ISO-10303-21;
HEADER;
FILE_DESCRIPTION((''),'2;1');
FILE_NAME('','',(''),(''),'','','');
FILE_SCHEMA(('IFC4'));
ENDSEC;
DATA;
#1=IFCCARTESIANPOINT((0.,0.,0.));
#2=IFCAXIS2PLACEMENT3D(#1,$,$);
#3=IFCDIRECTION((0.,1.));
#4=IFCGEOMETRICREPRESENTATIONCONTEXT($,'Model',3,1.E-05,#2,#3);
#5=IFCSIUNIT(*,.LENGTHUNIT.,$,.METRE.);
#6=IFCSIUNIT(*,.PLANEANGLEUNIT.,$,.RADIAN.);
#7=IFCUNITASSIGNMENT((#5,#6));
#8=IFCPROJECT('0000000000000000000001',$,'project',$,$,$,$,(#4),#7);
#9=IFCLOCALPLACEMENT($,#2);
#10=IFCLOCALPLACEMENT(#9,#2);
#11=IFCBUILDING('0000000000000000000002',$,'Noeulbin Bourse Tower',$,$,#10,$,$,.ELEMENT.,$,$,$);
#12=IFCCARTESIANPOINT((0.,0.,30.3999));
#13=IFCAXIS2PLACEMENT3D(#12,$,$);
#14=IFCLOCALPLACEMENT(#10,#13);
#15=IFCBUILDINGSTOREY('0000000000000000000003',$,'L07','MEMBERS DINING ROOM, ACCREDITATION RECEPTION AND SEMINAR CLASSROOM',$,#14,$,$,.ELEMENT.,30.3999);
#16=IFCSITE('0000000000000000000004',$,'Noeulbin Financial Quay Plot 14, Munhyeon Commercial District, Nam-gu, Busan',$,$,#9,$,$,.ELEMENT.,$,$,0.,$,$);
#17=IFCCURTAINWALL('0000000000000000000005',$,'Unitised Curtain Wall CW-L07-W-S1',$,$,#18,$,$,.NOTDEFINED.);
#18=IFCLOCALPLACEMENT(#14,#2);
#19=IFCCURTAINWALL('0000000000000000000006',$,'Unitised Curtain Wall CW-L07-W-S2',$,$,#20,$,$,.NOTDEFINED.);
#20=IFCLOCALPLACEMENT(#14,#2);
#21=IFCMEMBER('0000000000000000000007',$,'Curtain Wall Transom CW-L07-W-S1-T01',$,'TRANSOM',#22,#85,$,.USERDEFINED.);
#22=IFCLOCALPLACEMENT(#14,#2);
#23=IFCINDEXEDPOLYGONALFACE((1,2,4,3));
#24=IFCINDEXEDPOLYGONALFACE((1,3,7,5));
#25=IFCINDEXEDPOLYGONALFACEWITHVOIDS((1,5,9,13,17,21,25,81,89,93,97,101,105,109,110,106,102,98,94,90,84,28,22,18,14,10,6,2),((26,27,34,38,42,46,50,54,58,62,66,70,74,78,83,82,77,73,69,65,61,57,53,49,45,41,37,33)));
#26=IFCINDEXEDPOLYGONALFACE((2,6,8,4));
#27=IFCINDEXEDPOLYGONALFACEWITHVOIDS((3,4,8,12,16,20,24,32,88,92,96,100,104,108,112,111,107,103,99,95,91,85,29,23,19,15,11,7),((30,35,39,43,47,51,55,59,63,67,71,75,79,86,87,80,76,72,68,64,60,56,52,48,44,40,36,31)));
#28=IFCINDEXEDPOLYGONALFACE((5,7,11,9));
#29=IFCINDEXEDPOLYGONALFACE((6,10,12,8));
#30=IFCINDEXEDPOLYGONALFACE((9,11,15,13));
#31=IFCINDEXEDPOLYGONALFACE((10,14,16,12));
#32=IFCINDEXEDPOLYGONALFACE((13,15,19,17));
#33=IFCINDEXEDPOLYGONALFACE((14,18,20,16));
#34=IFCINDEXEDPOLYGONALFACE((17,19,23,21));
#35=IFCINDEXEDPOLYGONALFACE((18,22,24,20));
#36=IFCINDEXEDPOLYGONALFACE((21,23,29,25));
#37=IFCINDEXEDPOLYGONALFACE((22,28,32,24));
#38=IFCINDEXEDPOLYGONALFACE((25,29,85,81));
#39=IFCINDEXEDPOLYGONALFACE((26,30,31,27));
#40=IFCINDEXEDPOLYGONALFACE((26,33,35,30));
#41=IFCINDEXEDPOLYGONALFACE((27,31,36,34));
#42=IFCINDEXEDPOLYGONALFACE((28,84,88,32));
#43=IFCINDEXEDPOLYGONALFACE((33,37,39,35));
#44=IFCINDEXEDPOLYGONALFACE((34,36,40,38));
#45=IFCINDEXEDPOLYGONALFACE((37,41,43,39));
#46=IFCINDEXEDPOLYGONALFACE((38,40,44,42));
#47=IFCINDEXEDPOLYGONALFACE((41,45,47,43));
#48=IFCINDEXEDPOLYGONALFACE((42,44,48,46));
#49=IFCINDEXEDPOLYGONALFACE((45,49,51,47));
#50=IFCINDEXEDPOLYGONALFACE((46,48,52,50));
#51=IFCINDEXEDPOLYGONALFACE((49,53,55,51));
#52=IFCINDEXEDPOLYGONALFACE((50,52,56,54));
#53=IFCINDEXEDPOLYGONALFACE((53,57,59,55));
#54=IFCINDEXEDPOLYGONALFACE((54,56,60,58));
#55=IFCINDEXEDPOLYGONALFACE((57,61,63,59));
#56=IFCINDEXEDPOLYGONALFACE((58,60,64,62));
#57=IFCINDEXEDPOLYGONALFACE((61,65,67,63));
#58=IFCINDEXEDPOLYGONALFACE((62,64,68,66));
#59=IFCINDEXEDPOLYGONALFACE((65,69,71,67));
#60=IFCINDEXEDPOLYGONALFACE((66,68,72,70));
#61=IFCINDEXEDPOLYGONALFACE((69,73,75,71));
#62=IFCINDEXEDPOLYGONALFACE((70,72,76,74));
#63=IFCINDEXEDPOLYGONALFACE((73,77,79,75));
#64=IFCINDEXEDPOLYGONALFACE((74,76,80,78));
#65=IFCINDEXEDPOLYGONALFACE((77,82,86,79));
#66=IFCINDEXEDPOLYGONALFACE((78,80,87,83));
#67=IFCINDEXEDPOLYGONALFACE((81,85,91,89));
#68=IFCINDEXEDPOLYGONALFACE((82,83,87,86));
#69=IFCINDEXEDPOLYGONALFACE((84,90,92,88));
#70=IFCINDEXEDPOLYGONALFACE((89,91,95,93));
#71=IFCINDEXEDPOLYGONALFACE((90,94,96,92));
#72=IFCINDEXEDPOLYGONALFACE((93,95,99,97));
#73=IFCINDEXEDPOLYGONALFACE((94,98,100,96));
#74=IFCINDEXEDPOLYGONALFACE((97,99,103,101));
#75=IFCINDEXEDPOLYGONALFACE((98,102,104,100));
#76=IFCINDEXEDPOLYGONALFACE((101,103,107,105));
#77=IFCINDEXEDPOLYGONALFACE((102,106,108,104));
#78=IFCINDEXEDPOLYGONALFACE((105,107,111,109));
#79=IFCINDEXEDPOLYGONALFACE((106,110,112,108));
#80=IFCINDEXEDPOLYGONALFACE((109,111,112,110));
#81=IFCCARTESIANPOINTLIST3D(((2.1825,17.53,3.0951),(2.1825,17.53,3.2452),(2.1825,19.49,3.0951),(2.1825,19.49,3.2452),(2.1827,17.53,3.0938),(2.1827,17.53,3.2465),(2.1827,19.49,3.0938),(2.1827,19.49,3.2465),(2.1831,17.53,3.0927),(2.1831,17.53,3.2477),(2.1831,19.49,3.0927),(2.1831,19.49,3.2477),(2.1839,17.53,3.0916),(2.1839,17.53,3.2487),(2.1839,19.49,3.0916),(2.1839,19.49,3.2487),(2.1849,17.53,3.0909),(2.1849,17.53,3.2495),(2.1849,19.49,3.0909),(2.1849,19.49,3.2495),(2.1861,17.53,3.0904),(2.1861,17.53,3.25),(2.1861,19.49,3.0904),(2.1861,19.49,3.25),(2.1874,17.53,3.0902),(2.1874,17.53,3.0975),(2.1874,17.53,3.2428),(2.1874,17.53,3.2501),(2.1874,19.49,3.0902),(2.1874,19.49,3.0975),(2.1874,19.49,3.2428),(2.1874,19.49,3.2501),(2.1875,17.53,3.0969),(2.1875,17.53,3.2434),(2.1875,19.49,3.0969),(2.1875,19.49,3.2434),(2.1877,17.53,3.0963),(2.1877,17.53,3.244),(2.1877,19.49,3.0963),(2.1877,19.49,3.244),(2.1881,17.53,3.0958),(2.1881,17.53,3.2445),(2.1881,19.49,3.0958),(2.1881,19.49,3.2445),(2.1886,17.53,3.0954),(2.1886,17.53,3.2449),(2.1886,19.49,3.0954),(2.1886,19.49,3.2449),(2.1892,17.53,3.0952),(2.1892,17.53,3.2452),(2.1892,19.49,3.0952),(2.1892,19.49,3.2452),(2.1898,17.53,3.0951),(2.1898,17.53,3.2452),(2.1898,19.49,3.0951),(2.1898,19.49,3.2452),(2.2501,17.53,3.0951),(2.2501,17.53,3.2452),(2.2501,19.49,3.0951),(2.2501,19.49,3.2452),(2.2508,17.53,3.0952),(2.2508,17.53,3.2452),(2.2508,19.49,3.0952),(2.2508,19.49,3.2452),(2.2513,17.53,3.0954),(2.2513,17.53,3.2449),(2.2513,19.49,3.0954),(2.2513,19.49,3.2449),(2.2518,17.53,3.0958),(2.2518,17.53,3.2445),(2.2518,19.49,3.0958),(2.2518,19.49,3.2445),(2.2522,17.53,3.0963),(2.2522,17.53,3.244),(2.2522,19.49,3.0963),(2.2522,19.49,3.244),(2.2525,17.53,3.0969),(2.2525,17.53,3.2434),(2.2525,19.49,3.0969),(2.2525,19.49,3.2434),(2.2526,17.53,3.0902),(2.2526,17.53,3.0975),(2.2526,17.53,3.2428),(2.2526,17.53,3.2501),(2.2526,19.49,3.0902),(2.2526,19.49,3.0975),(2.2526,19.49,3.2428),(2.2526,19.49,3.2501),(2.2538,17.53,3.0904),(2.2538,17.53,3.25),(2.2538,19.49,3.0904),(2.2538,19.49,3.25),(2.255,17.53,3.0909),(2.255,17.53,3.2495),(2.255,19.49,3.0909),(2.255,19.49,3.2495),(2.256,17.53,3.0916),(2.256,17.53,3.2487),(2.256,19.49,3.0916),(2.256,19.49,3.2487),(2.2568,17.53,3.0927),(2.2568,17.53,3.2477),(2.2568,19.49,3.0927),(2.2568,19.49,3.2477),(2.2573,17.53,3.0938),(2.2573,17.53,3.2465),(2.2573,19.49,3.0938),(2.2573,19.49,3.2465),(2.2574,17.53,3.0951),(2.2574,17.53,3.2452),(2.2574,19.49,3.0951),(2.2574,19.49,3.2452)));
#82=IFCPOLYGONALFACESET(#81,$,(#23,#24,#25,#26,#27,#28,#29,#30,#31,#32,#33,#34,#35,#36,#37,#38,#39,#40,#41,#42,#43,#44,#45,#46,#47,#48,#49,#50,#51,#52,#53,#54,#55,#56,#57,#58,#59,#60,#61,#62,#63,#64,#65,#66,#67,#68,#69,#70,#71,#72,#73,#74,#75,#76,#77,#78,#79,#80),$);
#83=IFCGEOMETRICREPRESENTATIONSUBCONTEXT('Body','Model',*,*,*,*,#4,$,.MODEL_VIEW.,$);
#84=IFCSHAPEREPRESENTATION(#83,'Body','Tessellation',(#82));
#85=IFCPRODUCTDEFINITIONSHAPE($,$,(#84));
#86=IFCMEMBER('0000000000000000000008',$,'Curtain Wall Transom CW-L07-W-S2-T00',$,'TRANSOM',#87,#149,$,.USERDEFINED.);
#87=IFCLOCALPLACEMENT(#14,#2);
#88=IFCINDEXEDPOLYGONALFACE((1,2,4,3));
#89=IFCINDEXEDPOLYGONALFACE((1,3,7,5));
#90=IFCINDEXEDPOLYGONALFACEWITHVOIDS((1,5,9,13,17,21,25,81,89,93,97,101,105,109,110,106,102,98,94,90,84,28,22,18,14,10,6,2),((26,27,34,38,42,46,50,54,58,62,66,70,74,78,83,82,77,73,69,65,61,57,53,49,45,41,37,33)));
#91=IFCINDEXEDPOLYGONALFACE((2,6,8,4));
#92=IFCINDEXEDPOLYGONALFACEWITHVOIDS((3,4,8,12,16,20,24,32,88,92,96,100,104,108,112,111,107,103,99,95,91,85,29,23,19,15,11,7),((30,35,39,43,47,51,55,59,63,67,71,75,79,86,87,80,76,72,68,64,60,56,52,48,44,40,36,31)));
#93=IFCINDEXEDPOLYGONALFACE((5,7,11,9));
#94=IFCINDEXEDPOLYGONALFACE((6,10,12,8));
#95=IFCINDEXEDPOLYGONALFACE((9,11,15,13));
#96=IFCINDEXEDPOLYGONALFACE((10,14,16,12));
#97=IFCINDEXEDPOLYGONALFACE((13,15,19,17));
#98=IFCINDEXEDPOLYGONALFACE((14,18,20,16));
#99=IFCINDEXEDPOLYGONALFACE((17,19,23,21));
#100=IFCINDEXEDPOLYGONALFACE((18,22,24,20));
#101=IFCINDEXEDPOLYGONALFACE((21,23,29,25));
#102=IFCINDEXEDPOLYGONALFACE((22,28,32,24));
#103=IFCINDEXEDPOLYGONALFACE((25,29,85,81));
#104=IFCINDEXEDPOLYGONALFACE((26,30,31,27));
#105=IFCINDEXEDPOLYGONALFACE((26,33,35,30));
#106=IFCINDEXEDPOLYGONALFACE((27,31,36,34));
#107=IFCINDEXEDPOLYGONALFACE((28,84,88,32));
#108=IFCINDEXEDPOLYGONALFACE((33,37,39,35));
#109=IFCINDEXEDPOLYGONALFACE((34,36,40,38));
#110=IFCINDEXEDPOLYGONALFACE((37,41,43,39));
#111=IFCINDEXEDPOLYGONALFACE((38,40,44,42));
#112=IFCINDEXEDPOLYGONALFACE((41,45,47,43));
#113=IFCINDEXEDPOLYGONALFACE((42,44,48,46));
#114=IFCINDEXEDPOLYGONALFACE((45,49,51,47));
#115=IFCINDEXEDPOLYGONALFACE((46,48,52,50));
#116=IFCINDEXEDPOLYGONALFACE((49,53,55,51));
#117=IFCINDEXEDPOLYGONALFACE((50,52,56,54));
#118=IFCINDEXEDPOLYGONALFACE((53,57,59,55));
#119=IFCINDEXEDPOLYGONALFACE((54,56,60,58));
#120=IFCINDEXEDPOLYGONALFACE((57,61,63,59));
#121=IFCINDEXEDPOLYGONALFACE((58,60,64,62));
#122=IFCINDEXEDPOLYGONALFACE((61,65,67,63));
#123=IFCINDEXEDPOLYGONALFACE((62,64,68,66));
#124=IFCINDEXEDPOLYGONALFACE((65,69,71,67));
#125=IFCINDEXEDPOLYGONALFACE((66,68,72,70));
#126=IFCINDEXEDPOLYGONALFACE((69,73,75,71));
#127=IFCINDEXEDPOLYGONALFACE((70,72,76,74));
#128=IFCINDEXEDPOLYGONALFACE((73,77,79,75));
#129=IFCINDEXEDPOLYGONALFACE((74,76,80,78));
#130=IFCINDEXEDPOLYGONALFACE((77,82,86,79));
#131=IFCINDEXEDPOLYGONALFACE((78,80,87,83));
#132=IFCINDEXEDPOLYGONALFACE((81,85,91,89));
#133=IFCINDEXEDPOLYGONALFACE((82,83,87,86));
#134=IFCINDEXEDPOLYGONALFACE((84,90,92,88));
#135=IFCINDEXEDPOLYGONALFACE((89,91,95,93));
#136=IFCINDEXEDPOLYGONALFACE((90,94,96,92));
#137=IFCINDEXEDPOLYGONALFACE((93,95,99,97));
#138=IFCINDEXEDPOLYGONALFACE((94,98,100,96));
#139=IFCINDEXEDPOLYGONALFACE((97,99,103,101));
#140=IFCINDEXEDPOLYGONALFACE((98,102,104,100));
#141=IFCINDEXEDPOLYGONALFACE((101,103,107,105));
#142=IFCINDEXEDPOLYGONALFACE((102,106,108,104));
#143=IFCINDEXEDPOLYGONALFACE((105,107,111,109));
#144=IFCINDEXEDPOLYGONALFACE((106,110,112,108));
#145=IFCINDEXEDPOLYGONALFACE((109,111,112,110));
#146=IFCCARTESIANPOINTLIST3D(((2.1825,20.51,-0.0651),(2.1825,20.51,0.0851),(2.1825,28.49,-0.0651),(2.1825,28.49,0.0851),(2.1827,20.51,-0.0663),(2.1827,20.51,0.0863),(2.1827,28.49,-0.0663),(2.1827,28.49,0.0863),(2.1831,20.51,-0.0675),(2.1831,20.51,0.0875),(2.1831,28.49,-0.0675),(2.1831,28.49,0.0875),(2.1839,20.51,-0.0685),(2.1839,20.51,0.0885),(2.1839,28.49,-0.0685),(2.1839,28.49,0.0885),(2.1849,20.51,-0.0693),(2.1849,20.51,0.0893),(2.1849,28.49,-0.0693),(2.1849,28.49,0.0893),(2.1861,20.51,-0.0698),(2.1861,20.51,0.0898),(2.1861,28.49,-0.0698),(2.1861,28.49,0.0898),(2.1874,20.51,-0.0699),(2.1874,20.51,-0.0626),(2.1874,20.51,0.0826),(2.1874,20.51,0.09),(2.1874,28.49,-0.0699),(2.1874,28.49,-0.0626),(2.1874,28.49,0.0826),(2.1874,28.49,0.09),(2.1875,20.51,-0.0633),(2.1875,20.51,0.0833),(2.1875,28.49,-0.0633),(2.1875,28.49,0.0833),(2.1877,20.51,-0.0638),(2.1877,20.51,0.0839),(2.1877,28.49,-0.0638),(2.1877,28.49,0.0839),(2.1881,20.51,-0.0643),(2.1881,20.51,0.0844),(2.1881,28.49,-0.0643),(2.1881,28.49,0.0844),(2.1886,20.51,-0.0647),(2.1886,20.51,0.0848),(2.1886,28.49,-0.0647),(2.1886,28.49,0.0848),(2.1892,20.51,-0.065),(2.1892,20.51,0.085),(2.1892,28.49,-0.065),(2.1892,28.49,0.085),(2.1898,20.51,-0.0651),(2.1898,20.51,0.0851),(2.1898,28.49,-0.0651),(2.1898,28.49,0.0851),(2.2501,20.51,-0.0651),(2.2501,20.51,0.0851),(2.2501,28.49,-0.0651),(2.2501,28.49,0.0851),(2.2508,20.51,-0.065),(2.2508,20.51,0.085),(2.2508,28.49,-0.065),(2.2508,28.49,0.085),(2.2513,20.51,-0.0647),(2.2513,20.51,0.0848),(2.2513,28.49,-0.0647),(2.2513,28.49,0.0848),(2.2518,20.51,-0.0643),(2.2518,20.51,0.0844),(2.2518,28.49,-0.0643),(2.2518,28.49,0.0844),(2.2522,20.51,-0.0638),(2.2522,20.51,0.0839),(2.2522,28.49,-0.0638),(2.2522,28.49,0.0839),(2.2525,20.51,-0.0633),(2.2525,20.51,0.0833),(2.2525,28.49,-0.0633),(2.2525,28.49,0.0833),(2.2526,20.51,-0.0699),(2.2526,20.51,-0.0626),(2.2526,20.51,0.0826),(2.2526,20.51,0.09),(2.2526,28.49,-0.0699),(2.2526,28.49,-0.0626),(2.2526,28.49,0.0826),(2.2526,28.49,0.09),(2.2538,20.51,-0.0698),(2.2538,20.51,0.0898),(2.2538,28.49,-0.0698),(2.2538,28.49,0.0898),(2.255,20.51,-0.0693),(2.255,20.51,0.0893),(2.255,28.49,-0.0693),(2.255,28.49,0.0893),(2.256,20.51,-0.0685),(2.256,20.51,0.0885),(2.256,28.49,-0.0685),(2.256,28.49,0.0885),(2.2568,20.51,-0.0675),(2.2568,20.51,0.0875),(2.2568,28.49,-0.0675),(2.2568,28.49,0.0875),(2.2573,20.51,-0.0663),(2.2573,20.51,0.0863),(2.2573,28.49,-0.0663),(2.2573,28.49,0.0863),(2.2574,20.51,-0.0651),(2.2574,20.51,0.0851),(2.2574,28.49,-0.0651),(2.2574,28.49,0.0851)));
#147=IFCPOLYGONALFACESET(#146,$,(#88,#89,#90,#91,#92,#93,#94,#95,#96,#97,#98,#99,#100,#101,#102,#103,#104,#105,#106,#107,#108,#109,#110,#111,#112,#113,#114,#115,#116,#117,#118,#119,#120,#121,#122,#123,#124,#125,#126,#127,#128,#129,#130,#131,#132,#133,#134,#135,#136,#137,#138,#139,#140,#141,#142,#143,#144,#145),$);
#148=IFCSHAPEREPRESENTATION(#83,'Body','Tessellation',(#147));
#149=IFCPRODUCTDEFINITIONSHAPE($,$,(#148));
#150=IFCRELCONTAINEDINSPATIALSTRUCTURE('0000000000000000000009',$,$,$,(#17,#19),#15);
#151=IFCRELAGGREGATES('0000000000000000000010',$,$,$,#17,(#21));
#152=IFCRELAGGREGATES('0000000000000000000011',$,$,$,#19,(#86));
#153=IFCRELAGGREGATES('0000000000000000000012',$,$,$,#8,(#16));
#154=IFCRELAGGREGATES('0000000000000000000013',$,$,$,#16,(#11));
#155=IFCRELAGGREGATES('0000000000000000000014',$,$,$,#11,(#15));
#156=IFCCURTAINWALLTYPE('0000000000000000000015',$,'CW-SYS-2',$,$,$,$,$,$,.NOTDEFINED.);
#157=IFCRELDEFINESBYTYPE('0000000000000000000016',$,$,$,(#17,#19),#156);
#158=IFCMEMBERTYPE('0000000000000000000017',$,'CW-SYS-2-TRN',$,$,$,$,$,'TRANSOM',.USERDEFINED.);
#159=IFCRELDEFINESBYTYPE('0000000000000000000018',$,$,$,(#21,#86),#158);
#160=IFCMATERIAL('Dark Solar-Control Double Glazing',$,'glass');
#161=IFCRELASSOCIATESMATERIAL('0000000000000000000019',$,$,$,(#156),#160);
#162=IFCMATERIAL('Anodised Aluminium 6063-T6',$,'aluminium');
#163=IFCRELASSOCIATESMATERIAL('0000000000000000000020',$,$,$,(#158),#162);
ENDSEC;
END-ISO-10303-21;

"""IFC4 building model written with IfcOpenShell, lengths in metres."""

from ifc_helpers import new_model, si_unit, direction, frame, origin, origin_2d, place, context, subcontext, project, spatial, hollow_rectangle, extrude, material, material_profile, profile_set, type_object, element, aggregate, save


model = new_model("IFC4")

# Units and contexts
model_context = context("Model", 3, precision=1e-05, world=origin(), true_north=direction((0.0, 1.0)))
body_context = subcontext(model_context, "Body", "Model", "MODEL_VIEW")
ifc_project = project(units=[si_unit("LENGTHUNIT", "METRE"), si_unit("PLANEANGLEUNIT", "RADIAN")], contexts=[model_context])

# Site, building, storey
site_placement = place(None, origin())
site = spatial("IfcSite", under=ifc_project, at=site_placement, Name="Noeulbin Financial Quay Plot 14, Munhyeon Commercial District, Nam-gu, Busan", CompositionType="ELEMENT", RefElevation=0.0)
building_placement = place(site_placement, origin())
building = spatial("IfcBuilding", under=site, at=building_placement, Name="Noeulbin Bourse Tower", CompositionType="ELEMENT")
storey_placement = place(building_placement, frame((0.0, 0.0, 30.3999)))
storey = spatial("IfcBuildingStorey", under=building, at=storey_placement, Name="L07", Description="MEMBERS DINING ROOM, ACCREDITATION RECEPTION AND SEMINAR CLASSROOM", CompositionType="ELEMENT", Elevation=30.3999)

# Curtain wall
ifc_material_1 = material(Name="Dark Solar-Control Double Glazing", Category="glass")
curtain_wall_type = type_object("IfcCurtainWallType", Name="CW-SYS-2", PredefinedType="NOTDEFINED", material=ifc_material_1)
curtain_wall_1_placement = place(storey_placement, origin())
curtain_wall_1 = element("IfcCurtainWall", 1, at=curtain_wall_1_placement, inside=storey, type_object=curtain_wall_type, Name="Unitised Curtain Wall CW-L07-W-S1", PredefinedType="NOTDEFINED")
ifc_material_2 = material(Name="Anodised Aluminium 6063-T6", Category="aluminium")

# Curtain wall
curtain_wall_2_placement = place(storey_placement, origin())
curtain_wall_2 = element("IfcCurtainWall", 2, at=curtain_wall_2_placement, inside=storey, type_object=curtain_wall_type, Name="Unitised Curtain Wall CW-L07-W-S2", PredefinedType="NOTDEFINED")

# Members
ifc_material_profile_1 = material_profile(ifc_material_2, hollow_rectangle(XDim=0.075, YDim=0.1599, WallThickness=0.0049, InnerFilletRadius=0.0024, OuterFilletRadius=0.0049, at=origin_2d()), Name="ALU-TRAN-75x160x5", Category="LoadBearing")
ifc_profile_set_1 = profile_set([ifc_material_profile_1], Name="Anodised Aluminium 6063-T6")
member_type_1 = type_object("IfcMemberType", Name="CW-SYS-2-TRN", ElementType="TRANSOM", PredefinedType="USERDEFINED", material=ifc_profile_set_1)
member_1_placement = place(storey_placement, frame((2.22, 17.53, 3.1702), z_axis=(0.0, 1.0, 0.0), x_axis=(-1.0, 0.0, 0.0)))
member_1 = element("IfcMember", 3, at=member_1_placement, type_object=member_type_1, Name="Curtain Wall Transom CW-L07-W-S1-T01", ObjectType="TRANSOM", PredefinedType="USERDEFINED", context=body_context, shape_type="SweptSolid", body=[
    extrude(hollow_rectangle(XDim=0.075, YDim=0.1599, WallThickness=0.0049, InnerFilletRadius=0.0024, OuterFilletRadius=0.0049, at=origin_2d()), origin(), (0.0, 0.0, 1.0), 1.96),
])
member_2_placement = place(storey_placement, frame((2.22, 20.51, 0.01), z_axis=(0.0, 1.0, 0.0), x_axis=(-1.0, 0.0, 0.0)))
member_2 = element("IfcMember", 4, at=member_2_placement, type_object=member_type_1, Name="Curtain Wall Transom CW-L07-W-S2-T00", ObjectType="TRANSOM", PredefinedType="USERDEFINED", context=body_context, shape_type="SweptSolid", body=[
    extrude(hollow_rectangle(XDim=0.075, YDim=0.1599, WallThickness=0.0049, InnerFilletRadius=0.0024, OuterFilletRadius=0.0049, at=origin_2d()), origin(), (0.0, 0.0, 1.0), 7.98),
])

aggregate(curtain_wall_1, [member_1])
aggregate(curtain_wall_2, [member_2])

save(model, "model.ifc")
